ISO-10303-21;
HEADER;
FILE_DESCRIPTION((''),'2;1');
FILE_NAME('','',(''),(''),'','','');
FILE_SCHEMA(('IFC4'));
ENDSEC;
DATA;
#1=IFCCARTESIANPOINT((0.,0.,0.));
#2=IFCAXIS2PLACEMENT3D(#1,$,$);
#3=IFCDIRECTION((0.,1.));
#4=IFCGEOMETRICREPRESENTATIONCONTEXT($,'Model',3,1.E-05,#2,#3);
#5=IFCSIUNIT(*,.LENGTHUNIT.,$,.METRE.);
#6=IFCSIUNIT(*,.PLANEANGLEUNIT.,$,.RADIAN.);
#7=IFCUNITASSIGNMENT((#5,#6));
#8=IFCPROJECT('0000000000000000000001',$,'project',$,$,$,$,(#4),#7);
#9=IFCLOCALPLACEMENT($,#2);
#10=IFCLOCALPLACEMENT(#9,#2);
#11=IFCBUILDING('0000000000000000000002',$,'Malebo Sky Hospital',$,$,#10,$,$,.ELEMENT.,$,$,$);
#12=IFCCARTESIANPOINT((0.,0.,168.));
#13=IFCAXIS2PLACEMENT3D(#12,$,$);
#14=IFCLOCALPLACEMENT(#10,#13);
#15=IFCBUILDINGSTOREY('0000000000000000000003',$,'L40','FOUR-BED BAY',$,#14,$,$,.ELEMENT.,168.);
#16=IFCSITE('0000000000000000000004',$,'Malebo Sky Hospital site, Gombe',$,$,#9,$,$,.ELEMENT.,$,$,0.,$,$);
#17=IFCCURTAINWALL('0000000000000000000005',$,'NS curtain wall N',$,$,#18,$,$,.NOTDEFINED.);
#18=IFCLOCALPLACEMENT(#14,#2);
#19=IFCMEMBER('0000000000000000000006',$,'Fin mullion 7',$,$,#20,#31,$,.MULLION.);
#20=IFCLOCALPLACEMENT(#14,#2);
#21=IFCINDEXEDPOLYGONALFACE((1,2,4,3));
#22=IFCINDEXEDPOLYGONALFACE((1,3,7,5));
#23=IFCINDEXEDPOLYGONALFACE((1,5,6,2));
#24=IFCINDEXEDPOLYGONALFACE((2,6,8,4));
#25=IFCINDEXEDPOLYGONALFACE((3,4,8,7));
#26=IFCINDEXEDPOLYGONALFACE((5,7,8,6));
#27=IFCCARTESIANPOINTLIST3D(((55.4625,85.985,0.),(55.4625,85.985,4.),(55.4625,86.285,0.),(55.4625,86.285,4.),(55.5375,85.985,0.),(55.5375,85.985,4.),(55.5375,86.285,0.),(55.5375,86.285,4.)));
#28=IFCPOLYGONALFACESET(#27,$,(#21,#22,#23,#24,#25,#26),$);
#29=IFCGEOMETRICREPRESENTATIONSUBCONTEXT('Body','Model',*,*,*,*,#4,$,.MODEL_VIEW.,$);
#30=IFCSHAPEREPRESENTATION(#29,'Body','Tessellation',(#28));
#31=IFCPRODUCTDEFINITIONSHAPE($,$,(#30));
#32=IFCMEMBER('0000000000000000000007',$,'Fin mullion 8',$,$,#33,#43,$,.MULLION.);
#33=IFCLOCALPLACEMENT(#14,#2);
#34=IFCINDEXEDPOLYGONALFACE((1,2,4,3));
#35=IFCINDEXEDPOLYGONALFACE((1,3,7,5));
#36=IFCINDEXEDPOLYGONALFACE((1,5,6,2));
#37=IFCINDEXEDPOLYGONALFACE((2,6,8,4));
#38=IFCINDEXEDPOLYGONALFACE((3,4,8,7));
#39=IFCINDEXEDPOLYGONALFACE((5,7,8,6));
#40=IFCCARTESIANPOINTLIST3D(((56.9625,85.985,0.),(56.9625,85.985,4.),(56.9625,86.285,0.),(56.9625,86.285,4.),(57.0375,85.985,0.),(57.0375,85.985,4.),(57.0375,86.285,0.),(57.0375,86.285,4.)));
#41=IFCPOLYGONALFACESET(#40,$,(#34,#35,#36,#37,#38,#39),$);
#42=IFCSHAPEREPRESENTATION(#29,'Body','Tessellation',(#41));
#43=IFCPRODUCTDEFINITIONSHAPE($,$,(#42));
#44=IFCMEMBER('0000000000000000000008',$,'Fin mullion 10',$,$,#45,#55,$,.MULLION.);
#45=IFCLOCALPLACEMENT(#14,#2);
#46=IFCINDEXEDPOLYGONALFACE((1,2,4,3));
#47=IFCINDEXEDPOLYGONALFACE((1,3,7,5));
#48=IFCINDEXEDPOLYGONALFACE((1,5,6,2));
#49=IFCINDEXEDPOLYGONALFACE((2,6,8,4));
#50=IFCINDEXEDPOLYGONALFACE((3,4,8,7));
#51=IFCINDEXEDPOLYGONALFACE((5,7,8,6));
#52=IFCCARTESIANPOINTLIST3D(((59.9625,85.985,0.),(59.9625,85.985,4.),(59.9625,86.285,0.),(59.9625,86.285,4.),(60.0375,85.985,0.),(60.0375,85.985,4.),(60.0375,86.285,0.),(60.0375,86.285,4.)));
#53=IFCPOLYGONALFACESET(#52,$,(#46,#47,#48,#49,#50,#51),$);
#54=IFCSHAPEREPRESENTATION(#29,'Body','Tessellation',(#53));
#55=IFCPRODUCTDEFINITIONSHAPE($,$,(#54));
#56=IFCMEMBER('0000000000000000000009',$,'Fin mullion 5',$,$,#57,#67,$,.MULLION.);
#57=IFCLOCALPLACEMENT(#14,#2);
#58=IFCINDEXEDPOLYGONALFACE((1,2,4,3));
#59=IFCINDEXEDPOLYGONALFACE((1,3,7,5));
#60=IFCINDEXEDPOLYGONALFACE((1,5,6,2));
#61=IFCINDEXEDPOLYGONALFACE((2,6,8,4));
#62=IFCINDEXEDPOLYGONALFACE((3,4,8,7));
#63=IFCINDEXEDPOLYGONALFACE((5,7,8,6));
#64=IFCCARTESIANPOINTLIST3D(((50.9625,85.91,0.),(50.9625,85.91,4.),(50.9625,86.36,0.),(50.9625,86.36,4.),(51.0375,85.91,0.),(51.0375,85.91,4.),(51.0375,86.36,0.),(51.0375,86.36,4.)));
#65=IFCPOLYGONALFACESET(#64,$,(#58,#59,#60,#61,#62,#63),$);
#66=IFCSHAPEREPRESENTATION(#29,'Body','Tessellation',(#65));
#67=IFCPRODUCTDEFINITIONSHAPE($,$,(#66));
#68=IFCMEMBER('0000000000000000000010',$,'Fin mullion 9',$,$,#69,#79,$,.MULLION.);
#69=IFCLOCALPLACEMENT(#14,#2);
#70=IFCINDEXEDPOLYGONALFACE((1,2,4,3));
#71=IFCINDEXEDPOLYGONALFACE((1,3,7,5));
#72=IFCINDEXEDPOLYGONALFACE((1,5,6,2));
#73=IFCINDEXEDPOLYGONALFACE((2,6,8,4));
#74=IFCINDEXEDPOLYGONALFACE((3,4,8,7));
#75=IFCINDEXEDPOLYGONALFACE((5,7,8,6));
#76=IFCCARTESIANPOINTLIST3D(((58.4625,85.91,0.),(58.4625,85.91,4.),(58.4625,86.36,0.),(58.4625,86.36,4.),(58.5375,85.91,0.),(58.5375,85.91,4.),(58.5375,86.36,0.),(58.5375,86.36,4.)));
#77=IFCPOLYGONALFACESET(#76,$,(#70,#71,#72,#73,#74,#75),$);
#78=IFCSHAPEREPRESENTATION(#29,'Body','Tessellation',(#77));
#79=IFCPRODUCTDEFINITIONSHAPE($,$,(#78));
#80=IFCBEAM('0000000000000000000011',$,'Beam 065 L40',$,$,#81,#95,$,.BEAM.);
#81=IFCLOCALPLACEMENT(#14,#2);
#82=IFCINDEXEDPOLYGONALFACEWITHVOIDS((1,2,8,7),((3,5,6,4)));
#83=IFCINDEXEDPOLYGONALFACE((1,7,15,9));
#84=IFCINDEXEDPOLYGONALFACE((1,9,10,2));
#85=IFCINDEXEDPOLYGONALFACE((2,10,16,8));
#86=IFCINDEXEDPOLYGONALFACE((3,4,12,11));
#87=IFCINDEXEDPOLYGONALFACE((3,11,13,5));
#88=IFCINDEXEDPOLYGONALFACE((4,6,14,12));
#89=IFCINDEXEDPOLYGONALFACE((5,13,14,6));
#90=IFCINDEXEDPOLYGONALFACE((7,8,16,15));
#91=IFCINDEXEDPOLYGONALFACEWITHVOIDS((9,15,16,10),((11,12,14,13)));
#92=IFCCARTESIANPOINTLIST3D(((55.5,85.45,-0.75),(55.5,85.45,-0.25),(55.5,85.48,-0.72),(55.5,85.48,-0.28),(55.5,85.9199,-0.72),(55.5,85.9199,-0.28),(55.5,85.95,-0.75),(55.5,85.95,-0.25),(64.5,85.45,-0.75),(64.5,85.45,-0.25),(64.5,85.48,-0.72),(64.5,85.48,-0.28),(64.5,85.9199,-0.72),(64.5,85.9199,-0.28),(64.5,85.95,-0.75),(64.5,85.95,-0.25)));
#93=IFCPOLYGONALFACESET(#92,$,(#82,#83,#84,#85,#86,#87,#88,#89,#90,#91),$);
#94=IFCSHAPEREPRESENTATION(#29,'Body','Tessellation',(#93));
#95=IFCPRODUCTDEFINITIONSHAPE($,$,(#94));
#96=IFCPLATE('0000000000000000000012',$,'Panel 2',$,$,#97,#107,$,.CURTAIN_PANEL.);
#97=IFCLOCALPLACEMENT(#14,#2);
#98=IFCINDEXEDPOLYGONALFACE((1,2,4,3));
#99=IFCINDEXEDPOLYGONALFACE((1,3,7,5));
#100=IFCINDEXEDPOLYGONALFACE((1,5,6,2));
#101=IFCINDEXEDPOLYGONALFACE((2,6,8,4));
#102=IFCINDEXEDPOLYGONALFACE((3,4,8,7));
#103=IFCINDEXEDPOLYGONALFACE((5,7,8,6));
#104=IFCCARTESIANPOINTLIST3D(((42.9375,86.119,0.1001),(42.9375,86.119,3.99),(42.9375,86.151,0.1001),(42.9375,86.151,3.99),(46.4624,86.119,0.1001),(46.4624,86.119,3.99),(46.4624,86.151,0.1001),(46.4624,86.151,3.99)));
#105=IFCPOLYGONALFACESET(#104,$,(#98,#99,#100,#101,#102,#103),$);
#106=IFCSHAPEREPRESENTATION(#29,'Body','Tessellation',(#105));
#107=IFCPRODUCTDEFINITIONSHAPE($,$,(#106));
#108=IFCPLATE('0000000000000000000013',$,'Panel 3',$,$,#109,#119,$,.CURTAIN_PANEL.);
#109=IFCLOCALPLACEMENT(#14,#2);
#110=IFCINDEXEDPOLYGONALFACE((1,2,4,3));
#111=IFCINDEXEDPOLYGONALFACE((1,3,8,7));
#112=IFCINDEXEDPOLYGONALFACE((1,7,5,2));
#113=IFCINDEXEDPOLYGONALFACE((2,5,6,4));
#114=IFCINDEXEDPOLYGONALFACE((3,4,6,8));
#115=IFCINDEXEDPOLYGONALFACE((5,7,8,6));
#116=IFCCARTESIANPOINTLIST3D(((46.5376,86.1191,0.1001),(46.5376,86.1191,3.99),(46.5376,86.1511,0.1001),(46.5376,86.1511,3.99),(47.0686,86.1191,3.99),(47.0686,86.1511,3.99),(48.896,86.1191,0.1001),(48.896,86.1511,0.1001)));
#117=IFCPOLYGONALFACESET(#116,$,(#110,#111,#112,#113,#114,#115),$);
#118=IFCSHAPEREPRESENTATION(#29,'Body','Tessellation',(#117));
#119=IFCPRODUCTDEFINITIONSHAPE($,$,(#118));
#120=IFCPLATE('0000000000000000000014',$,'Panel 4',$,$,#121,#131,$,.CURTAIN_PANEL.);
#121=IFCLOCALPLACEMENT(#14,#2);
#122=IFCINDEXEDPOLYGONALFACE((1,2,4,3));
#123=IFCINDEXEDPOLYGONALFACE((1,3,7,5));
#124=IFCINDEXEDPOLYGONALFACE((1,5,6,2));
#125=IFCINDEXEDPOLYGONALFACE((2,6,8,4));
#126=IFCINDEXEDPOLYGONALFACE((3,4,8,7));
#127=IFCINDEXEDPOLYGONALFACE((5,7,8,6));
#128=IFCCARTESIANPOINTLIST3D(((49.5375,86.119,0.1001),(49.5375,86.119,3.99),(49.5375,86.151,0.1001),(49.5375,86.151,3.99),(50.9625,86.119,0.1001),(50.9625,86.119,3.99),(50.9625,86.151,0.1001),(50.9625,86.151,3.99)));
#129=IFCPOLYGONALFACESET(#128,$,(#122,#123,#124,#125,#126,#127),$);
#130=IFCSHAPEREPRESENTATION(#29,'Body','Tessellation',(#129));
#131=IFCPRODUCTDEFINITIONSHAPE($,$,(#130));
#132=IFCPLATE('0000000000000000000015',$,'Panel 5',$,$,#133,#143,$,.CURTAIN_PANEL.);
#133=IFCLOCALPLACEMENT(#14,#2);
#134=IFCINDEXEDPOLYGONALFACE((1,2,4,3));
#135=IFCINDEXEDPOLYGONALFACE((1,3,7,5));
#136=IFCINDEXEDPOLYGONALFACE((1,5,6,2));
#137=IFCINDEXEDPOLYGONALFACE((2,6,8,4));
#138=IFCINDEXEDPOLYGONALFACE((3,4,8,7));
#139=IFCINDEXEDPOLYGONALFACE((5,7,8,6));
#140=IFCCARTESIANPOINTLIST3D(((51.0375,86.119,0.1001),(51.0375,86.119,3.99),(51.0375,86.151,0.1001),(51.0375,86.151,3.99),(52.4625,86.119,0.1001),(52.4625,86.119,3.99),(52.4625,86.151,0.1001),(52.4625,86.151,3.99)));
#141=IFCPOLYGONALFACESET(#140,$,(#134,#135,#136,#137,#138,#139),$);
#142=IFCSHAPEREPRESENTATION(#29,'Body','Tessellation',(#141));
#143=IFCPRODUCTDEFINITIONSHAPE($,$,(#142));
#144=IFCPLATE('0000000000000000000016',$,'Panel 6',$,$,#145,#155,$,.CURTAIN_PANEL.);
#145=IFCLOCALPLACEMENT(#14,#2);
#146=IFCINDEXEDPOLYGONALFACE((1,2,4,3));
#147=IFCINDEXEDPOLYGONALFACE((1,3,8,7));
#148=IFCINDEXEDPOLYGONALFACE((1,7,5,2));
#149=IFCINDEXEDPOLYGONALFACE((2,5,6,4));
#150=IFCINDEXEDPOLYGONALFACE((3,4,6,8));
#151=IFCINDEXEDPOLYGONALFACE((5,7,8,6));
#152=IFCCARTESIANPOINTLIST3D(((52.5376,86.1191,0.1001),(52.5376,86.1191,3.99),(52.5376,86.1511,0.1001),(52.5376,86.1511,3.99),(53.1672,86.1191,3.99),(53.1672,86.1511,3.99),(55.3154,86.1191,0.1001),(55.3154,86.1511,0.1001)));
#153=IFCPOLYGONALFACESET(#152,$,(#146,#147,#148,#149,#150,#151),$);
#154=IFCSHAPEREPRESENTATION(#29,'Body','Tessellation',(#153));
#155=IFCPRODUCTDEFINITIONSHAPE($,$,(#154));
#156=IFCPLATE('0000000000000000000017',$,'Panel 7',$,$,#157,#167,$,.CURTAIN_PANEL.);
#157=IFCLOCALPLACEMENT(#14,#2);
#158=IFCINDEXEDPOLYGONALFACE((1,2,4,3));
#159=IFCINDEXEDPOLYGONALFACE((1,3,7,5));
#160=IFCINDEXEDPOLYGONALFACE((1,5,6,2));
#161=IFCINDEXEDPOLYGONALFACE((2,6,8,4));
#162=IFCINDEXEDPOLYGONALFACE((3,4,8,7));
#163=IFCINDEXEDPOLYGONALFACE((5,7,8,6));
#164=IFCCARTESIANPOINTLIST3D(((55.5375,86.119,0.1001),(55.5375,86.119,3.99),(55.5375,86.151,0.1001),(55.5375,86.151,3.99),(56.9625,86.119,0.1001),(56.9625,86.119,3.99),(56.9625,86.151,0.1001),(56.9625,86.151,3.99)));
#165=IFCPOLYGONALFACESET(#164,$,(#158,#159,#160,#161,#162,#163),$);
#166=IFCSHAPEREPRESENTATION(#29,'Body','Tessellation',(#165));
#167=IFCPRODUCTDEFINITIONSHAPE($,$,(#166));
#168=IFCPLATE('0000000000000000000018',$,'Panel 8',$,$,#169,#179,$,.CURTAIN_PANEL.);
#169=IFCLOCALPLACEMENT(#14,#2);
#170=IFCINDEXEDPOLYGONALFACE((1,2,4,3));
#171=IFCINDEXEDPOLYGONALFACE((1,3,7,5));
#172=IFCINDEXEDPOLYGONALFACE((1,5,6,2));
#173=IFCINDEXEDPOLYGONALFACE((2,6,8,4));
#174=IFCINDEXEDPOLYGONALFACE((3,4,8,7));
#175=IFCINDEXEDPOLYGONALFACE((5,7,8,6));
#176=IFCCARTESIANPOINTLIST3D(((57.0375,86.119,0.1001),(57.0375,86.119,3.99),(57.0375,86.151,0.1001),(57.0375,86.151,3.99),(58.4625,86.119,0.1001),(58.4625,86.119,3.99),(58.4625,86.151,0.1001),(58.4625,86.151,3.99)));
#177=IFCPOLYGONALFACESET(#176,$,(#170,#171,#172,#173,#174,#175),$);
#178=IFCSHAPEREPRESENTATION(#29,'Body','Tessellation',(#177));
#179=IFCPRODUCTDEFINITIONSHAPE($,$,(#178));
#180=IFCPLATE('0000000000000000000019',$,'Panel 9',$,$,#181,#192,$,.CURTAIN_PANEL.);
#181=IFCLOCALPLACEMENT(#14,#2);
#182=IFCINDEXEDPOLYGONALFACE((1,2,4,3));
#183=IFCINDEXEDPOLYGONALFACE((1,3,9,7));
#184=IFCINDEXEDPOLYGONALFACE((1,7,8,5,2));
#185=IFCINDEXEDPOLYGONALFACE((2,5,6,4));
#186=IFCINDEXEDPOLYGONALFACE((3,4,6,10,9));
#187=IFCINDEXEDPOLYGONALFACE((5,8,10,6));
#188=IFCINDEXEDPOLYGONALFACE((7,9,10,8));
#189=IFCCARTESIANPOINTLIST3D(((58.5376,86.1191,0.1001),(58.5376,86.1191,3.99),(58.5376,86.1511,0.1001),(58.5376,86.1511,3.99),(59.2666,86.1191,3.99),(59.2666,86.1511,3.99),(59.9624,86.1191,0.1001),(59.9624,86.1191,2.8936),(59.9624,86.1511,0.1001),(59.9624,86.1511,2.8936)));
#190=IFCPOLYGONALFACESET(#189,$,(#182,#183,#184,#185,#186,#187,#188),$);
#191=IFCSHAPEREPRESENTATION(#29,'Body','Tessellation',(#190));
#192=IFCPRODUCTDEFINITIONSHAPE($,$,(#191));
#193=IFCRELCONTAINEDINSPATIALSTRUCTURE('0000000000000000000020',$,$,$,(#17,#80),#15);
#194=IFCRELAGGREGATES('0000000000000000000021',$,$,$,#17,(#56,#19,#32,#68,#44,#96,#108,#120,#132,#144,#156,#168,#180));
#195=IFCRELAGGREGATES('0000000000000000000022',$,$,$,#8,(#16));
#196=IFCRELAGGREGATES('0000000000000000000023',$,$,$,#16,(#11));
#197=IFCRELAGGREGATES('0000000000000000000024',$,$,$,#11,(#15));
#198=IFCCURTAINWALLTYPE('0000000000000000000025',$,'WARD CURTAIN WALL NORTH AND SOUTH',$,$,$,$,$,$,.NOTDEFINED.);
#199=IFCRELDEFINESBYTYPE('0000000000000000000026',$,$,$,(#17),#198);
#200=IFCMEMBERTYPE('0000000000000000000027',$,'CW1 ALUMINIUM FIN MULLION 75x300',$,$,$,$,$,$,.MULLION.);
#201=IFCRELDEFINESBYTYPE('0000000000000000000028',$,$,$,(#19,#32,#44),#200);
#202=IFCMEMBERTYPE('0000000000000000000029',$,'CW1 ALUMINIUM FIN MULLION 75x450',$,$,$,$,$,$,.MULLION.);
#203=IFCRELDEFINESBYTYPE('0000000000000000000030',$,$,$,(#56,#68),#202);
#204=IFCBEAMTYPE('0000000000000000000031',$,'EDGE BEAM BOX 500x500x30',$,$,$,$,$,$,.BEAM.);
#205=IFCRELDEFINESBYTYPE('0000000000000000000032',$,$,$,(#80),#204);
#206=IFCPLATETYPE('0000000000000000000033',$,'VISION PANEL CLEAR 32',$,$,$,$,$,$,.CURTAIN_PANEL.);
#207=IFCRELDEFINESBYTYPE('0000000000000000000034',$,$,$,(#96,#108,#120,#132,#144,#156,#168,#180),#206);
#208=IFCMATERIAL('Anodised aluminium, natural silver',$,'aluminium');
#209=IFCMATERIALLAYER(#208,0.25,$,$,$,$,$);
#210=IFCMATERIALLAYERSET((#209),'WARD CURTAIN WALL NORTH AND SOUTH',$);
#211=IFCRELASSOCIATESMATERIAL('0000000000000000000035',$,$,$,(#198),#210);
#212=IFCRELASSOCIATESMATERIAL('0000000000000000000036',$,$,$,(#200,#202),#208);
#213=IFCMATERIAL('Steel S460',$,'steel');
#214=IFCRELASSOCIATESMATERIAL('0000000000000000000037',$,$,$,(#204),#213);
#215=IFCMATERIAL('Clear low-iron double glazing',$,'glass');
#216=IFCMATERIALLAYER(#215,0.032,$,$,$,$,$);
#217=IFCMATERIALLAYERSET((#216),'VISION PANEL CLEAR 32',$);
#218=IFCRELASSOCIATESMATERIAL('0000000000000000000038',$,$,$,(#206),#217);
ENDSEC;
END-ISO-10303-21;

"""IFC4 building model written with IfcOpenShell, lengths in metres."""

from ifc_helpers import new_model, si_unit, direction, frame, origin, origin_2d, place, context, subcontext, project, spatial, polyline, rectangle, hollow_rectangle, outline, extrude, material, layer, layer_set, material_profile, profile_set, type_object, element, aggregate, save


model = new_model("IFC4")

# Units and contexts
model_context = context("Model", 3, precision=1e-05, world=origin(), true_north=direction((0.0, 1.0)))
body_context = subcontext(model_context, "Body", "Model", "MODEL_VIEW")
ifc_project = project(units=[si_unit("LENGTHUNIT", "METRE"), si_unit("PLANEANGLEUNIT", "RADIAN")], contexts=[model_context])

# Site, building, storey
site_placement = place(None, origin())
site = spatial("IfcSite", under=ifc_project, at=site_placement, Name="Malebo Sky Hospital site, Gombe", CompositionType="ELEMENT", RefElevation=0.0)
building_placement = place(site_placement, origin())
building = spatial("IfcBuilding", under=site, at=building_placement, Name="Malebo Sky Hospital", CompositionType="ELEMENT")
storey_placement = place(building_placement, frame((0.0, 0.0, 168.0)))
storey = spatial("IfcBuildingStorey", under=building, at=storey_placement, Name="L40", Description="FOUR-BED BAY", CompositionType="ELEMENT", Elevation=168.0)

# Shared definitions
ifc_material_1 = material(Name="Steel S460", Category="steel")

# Curtain wall, members
ifc_material_2 = material(Name="Anodised aluminium, natural silver", Category="aluminium")
ifc_layer_1 = layer(ifc_material_2, 0.25)
ifc_layer_set_1 = layer_set([ifc_layer_1], Name="WARD CURTAIN WALL NORTH AND SOUTH")
curtain_wall_type = type_object("IfcCurtainWallType", Name="WARD CURTAIN WALL NORTH AND SOUTH", PredefinedType="NOTDEFINED", material=ifc_layer_set_1)
curtain_wall_placement = place(storey_placement, origin())
curtain_wall = element("IfcCurtainWall", 1, at=curtain_wall_placement, inside=storey, type_object=curtain_wall_type, Name="NS curtain wall N", PredefinedType="NOTDEFINED")
ifc_material_profile_1 = material_profile(ifc_material_2, rectangle(XDim=0.075, YDim=0.3, at=origin_2d()), Name="CW1 ALUMINIUM FIN MULLION 75x300")
ifc_profile_set_1 = profile_set([ifc_material_profile_1], Name="Anodised aluminium, natural silver")
member_type_1 = type_object("IfcMemberType", Name="CW1 ALUMINIUM FIN MULLION 75x300", PredefinedType="MULLION", material=ifc_profile_set_1)
member_1_placement = place(storey_placement, frame((55.5, 86.135, 0.0), z_axis=(0.0, 0.0, 1.0), x_axis=(1.0, 0.0, 0.0)))
member_1 = element("IfcMember", 2, at=member_1_placement, type_object=member_type_1, Name="Fin mullion 7", PredefinedType="MULLION", context=body_context, shape_type="SweptSolid", body=[
    extrude(rectangle(XDim=0.075, YDim=0.3, at=origin_2d()), origin(), (0.0, 0.0, 1.0), 4.0),
])
member_2_placement = place(storey_placement, frame((57.0, 86.135, 0.0), z_axis=(0.0, 0.0, 1.0), x_axis=(1.0, 0.0, 0.0)))
member_2 = element("IfcMember", 3, at=member_2_placement, type_object=member_type_1, Name="Fin mullion 8", PredefinedType="MULLION", context=body_context, shape_type="SweptSolid", body=[
    extrude(rectangle(XDim=0.075, YDim=0.3, at=origin_2d()), origin(), (0.0, 0.0, 1.0), 4.0),
])
member_3_placement = place(storey_placement, frame((60.0, 86.135, 0.0), z_axis=(0.0, 0.0, 1.0), x_axis=(1.0, 0.0, 0.0)))
member_3 = element("IfcMember", 4, at=member_3_placement, type_object=member_type_1, Name="Fin mullion 10", PredefinedType="MULLION", context=body_context, shape_type="SweptSolid", body=[
    extrude(rectangle(XDim=0.075, YDim=0.3, at=origin_2d()), origin(), (0.0, 0.0, 1.0), 4.0),
])
ifc_material_profile_2 = material_profile(ifc_material_2, rectangle(XDim=0.075, YDim=0.45, at=origin_2d()), Name="CW1 ALUMINIUM FIN MULLION 75x450")
ifc_profile_set_2 = profile_set([ifc_material_profile_2], Name="Anodised aluminium, natural silver")
member_type_2 = type_object("IfcMemberType", Name="CW1 ALUMINIUM FIN MULLION 75x450", PredefinedType="MULLION", material=ifc_profile_set_2)
member_4_placement = place(storey_placement, frame((51.0, 86.135, 0.0), z_axis=(0.0, 0.0, 1.0), x_axis=(1.0, 0.0, 0.0)))
member_4 = element("IfcMember", 5, at=member_4_placement, type_object=member_type_2, Name="Fin mullion 5", PredefinedType="MULLION", context=body_context, shape_type="SweptSolid", body=[
    extrude(rectangle(XDim=0.075, YDim=0.45, at=origin_2d()), origin(), (0.0, 0.0, 1.0), 4.0),
])
member_5_placement = place(storey_placement, frame((58.5, 86.135, 0.0), z_axis=(0.0, 0.0, 1.0), x_axis=(1.0, 0.0, 0.0)))
member_5 = element("IfcMember", 6, at=member_5_placement, type_object=member_type_2, Name="Fin mullion 9", PredefinedType="MULLION", context=body_context, shape_type="SweptSolid", body=[
    extrude(rectangle(XDim=0.075, YDim=0.45, at=origin_2d()), origin(), (0.0, 0.0, 1.0), 4.0),
])

# Beam
ifc_material_profile_3 = material_profile(ifc_material_1, hollow_rectangle(XDim=0.5, YDim=0.5, WallThickness=0.03, at=origin_2d()), Name="BOX 500x500x30")
ifc_profile_set_3 = profile_set([ifc_material_profile_3], Name="Steel S460")
beam_type = type_object("IfcBeamType", Name="EDGE BEAM BOX 500x500x30", PredefinedType="BEAM", material=ifc_profile_set_3)
beam_placement = place(storey_placement, frame((55.5, 85.7, -0.5), z_axis=(1.0, 0.0, 0.0), x_axis=(0.0, 1.0, 0.0)))
element("IfcBeam", 7, at=beam_placement, inside=storey, type_object=beam_type, Name="Beam 065 L40", PredefinedType="BEAM", context=body_context, shape_type="SweptSolid", body=[
    extrude(hollow_rectangle(XDim=0.5, YDim=0.5, WallThickness=0.03, at=origin_2d()), origin(), (0.0, 0.0, 1.0), 9.0),
])

# Plates
ifc_material_3 = material(Name="Clear low-iron double glazing", Category="glass")
ifc_layer_2 = layer(ifc_material_3, 0.032)
ifc_layer_set_2 = layer_set([ifc_layer_2], Name="VISION PANEL CLEAR 32")
plate_type = type_object("IfcPlateType", Name="VISION PANEL CLEAR 32", PredefinedType="CURTAIN_PANEL", material=ifc_layer_set_2)
plate_1_placement = place(storey_placement, frame((44.7, 86.135, 0.1001), z_axis=(0.0, 0.0, 1.0), x_axis=(1.0, 0.0, 0.0)))
plate_1 = element("IfcPlate", 8, at=plate_1_placement, type_object=plate_type, Name="Panel 2", PredefinedType="CURTAIN_PANEL", context=body_context, shape_type="SweptSolid", body=[
    extrude(rectangle(XDim=3.5249, YDim=0.032, at=origin_2d()), origin(), (0.0, 0.0, 1.0), 3.8899),
])
plate_2_placement = place(storey_placement, frame((47.7168, 86.135, 0.1001), z_axis=(0.0, 0.0, 1.0), x_axis=(1.0, 0.0, 0.0)))
plate_2 = element("IfcPlate", 9, at=plate_2_placement, type_object=plate_type, Name="Panel 3", PredefinedType="CURTAIN_PANEL", context=body_context, shape_type="SweptSolid", body=[
    extrude(outline(polyline([(-1.1792, 0.0), (1.1792, 0.0), (-0.6482, 3.8899), (-1.1792, 3.8899), (-1.1792, 0.0)])), frame((0.0, 0.0161, 0.0), z_axis=(0.0, -1.0, 0.0), x_axis=(1.0, 0.0, 0.0)), (0.0, 0.0, 1.0), 0.032),
])
plate_3_placement = place(storey_placement, frame((50.25, 86.135, 0.1001), z_axis=(0.0, 0.0, 1.0), x_axis=(1.0, 0.0, 0.0)))
plate_3 = element("IfcPlate", 10, at=plate_3_placement, type_object=plate_type, Name="Panel 4", PredefinedType="CURTAIN_PANEL", context=body_context, shape_type="SweptSolid", body=[
    extrude(rectangle(XDim=1.425, YDim=0.032, at=origin_2d()), origin(), (0.0, 0.0, 1.0), 3.8899),
])
plate_4_placement = place(storey_placement, frame((51.75, 86.135, 0.1001), z_axis=(0.0, 0.0, 1.0), x_axis=(1.0, 0.0, 0.0)))
plate_4 = element("IfcPlate", 11, at=plate_4_placement, type_object=plate_type, Name="Panel 5", PredefinedType="CURTAIN_PANEL", context=body_context, shape_type="SweptSolid", body=[
    extrude(rectangle(XDim=1.425, YDim=0.032, at=origin_2d()), origin(), (0.0, 0.0, 1.0), 3.8899),
])
plate_5_placement = place(storey_placement, frame((53.9265, 86.135, 0.1001), z_axis=(0.0, 0.0, 1.0), x_axis=(1.0, 0.0, 0.0)))
plate_5 = element("IfcPlate", 12, at=plate_5_placement, type_object=plate_type, Name="Panel 6", PredefinedType="CURTAIN_PANEL", context=body_context, shape_type="SweptSolid", body=[
    extrude(outline(polyline([(-1.3889, 0.0), (1.3889, 0.0), (-0.7593, 3.8899), (-1.3889, 3.8899), (-1.3889, 0.0)])), frame((0.0, 0.0161, 0.0), z_axis=(0.0, -1.0, 0.0), x_axis=(1.0, 0.0, 0.0)), (0.0, 0.0, 1.0), 0.032),
])
plate_6_placement = place(storey_placement, frame((56.25, 86.135, 0.1001), z_axis=(0.0, 0.0, 1.0), x_axis=(1.0, 0.0, 0.0)))
plate_6 = element("IfcPlate", 13, at=plate_6_placement, type_object=plate_type, Name="Panel 7", PredefinedType="CURTAIN_PANEL", context=body_context, shape_type="SweptSolid", body=[
    extrude(rectangle(XDim=1.425, YDim=0.032, at=origin_2d()), origin(), (0.0, 0.0, 1.0), 3.8899),
])
plate_7_placement = place(storey_placement, frame((57.75, 86.135, 0.1001), z_axis=(0.0, 0.0, 1.0), x_axis=(1.0, 0.0, 0.0)))
plate_7 = element("IfcPlate", 14, at=plate_7_placement, type_object=plate_type, Name="Panel 8", PredefinedType="CURTAIN_PANEL", context=body_context, shape_type="SweptSolid", body=[
    extrude(rectangle(XDim=1.425, YDim=0.032, at=origin_2d()), origin(), (0.0, 0.0, 1.0), 3.8899),
])
plate_8_placement = place(storey_placement, frame((59.25, 86.135, 0.1001), z_axis=(0.0, 0.0, 1.0), x_axis=(1.0, 0.0, 0.0)))
plate_8 = element("IfcPlate", 15, at=plate_8_placement, type_object=plate_type, Name="Panel 9", PredefinedType="CURTAIN_PANEL", context=body_context, shape_type="SweptSolid", body=[
    extrude(outline(polyline([(-0.7124, 0.0), (0.7124, 0.0), (0.7124, 2.7935), (0.0166, 3.8899), (-0.7124, 3.8899), (-0.7124, 0.0)])), frame((0.0, 0.0161, 0.0), z_axis=(0.0, -1.0, 0.0), x_axis=(1.0, 0.0, 0.0)), (0.0, 0.0, 1.0), 0.032),
])
aggregate(curtain_wall, [member_4, member_1, member_2, member_5, member_3, plate_1, plate_2, plate_3, plate_4, plate_5, plate_6, plate_7, plate_8])

save(model, "model.ifc")
